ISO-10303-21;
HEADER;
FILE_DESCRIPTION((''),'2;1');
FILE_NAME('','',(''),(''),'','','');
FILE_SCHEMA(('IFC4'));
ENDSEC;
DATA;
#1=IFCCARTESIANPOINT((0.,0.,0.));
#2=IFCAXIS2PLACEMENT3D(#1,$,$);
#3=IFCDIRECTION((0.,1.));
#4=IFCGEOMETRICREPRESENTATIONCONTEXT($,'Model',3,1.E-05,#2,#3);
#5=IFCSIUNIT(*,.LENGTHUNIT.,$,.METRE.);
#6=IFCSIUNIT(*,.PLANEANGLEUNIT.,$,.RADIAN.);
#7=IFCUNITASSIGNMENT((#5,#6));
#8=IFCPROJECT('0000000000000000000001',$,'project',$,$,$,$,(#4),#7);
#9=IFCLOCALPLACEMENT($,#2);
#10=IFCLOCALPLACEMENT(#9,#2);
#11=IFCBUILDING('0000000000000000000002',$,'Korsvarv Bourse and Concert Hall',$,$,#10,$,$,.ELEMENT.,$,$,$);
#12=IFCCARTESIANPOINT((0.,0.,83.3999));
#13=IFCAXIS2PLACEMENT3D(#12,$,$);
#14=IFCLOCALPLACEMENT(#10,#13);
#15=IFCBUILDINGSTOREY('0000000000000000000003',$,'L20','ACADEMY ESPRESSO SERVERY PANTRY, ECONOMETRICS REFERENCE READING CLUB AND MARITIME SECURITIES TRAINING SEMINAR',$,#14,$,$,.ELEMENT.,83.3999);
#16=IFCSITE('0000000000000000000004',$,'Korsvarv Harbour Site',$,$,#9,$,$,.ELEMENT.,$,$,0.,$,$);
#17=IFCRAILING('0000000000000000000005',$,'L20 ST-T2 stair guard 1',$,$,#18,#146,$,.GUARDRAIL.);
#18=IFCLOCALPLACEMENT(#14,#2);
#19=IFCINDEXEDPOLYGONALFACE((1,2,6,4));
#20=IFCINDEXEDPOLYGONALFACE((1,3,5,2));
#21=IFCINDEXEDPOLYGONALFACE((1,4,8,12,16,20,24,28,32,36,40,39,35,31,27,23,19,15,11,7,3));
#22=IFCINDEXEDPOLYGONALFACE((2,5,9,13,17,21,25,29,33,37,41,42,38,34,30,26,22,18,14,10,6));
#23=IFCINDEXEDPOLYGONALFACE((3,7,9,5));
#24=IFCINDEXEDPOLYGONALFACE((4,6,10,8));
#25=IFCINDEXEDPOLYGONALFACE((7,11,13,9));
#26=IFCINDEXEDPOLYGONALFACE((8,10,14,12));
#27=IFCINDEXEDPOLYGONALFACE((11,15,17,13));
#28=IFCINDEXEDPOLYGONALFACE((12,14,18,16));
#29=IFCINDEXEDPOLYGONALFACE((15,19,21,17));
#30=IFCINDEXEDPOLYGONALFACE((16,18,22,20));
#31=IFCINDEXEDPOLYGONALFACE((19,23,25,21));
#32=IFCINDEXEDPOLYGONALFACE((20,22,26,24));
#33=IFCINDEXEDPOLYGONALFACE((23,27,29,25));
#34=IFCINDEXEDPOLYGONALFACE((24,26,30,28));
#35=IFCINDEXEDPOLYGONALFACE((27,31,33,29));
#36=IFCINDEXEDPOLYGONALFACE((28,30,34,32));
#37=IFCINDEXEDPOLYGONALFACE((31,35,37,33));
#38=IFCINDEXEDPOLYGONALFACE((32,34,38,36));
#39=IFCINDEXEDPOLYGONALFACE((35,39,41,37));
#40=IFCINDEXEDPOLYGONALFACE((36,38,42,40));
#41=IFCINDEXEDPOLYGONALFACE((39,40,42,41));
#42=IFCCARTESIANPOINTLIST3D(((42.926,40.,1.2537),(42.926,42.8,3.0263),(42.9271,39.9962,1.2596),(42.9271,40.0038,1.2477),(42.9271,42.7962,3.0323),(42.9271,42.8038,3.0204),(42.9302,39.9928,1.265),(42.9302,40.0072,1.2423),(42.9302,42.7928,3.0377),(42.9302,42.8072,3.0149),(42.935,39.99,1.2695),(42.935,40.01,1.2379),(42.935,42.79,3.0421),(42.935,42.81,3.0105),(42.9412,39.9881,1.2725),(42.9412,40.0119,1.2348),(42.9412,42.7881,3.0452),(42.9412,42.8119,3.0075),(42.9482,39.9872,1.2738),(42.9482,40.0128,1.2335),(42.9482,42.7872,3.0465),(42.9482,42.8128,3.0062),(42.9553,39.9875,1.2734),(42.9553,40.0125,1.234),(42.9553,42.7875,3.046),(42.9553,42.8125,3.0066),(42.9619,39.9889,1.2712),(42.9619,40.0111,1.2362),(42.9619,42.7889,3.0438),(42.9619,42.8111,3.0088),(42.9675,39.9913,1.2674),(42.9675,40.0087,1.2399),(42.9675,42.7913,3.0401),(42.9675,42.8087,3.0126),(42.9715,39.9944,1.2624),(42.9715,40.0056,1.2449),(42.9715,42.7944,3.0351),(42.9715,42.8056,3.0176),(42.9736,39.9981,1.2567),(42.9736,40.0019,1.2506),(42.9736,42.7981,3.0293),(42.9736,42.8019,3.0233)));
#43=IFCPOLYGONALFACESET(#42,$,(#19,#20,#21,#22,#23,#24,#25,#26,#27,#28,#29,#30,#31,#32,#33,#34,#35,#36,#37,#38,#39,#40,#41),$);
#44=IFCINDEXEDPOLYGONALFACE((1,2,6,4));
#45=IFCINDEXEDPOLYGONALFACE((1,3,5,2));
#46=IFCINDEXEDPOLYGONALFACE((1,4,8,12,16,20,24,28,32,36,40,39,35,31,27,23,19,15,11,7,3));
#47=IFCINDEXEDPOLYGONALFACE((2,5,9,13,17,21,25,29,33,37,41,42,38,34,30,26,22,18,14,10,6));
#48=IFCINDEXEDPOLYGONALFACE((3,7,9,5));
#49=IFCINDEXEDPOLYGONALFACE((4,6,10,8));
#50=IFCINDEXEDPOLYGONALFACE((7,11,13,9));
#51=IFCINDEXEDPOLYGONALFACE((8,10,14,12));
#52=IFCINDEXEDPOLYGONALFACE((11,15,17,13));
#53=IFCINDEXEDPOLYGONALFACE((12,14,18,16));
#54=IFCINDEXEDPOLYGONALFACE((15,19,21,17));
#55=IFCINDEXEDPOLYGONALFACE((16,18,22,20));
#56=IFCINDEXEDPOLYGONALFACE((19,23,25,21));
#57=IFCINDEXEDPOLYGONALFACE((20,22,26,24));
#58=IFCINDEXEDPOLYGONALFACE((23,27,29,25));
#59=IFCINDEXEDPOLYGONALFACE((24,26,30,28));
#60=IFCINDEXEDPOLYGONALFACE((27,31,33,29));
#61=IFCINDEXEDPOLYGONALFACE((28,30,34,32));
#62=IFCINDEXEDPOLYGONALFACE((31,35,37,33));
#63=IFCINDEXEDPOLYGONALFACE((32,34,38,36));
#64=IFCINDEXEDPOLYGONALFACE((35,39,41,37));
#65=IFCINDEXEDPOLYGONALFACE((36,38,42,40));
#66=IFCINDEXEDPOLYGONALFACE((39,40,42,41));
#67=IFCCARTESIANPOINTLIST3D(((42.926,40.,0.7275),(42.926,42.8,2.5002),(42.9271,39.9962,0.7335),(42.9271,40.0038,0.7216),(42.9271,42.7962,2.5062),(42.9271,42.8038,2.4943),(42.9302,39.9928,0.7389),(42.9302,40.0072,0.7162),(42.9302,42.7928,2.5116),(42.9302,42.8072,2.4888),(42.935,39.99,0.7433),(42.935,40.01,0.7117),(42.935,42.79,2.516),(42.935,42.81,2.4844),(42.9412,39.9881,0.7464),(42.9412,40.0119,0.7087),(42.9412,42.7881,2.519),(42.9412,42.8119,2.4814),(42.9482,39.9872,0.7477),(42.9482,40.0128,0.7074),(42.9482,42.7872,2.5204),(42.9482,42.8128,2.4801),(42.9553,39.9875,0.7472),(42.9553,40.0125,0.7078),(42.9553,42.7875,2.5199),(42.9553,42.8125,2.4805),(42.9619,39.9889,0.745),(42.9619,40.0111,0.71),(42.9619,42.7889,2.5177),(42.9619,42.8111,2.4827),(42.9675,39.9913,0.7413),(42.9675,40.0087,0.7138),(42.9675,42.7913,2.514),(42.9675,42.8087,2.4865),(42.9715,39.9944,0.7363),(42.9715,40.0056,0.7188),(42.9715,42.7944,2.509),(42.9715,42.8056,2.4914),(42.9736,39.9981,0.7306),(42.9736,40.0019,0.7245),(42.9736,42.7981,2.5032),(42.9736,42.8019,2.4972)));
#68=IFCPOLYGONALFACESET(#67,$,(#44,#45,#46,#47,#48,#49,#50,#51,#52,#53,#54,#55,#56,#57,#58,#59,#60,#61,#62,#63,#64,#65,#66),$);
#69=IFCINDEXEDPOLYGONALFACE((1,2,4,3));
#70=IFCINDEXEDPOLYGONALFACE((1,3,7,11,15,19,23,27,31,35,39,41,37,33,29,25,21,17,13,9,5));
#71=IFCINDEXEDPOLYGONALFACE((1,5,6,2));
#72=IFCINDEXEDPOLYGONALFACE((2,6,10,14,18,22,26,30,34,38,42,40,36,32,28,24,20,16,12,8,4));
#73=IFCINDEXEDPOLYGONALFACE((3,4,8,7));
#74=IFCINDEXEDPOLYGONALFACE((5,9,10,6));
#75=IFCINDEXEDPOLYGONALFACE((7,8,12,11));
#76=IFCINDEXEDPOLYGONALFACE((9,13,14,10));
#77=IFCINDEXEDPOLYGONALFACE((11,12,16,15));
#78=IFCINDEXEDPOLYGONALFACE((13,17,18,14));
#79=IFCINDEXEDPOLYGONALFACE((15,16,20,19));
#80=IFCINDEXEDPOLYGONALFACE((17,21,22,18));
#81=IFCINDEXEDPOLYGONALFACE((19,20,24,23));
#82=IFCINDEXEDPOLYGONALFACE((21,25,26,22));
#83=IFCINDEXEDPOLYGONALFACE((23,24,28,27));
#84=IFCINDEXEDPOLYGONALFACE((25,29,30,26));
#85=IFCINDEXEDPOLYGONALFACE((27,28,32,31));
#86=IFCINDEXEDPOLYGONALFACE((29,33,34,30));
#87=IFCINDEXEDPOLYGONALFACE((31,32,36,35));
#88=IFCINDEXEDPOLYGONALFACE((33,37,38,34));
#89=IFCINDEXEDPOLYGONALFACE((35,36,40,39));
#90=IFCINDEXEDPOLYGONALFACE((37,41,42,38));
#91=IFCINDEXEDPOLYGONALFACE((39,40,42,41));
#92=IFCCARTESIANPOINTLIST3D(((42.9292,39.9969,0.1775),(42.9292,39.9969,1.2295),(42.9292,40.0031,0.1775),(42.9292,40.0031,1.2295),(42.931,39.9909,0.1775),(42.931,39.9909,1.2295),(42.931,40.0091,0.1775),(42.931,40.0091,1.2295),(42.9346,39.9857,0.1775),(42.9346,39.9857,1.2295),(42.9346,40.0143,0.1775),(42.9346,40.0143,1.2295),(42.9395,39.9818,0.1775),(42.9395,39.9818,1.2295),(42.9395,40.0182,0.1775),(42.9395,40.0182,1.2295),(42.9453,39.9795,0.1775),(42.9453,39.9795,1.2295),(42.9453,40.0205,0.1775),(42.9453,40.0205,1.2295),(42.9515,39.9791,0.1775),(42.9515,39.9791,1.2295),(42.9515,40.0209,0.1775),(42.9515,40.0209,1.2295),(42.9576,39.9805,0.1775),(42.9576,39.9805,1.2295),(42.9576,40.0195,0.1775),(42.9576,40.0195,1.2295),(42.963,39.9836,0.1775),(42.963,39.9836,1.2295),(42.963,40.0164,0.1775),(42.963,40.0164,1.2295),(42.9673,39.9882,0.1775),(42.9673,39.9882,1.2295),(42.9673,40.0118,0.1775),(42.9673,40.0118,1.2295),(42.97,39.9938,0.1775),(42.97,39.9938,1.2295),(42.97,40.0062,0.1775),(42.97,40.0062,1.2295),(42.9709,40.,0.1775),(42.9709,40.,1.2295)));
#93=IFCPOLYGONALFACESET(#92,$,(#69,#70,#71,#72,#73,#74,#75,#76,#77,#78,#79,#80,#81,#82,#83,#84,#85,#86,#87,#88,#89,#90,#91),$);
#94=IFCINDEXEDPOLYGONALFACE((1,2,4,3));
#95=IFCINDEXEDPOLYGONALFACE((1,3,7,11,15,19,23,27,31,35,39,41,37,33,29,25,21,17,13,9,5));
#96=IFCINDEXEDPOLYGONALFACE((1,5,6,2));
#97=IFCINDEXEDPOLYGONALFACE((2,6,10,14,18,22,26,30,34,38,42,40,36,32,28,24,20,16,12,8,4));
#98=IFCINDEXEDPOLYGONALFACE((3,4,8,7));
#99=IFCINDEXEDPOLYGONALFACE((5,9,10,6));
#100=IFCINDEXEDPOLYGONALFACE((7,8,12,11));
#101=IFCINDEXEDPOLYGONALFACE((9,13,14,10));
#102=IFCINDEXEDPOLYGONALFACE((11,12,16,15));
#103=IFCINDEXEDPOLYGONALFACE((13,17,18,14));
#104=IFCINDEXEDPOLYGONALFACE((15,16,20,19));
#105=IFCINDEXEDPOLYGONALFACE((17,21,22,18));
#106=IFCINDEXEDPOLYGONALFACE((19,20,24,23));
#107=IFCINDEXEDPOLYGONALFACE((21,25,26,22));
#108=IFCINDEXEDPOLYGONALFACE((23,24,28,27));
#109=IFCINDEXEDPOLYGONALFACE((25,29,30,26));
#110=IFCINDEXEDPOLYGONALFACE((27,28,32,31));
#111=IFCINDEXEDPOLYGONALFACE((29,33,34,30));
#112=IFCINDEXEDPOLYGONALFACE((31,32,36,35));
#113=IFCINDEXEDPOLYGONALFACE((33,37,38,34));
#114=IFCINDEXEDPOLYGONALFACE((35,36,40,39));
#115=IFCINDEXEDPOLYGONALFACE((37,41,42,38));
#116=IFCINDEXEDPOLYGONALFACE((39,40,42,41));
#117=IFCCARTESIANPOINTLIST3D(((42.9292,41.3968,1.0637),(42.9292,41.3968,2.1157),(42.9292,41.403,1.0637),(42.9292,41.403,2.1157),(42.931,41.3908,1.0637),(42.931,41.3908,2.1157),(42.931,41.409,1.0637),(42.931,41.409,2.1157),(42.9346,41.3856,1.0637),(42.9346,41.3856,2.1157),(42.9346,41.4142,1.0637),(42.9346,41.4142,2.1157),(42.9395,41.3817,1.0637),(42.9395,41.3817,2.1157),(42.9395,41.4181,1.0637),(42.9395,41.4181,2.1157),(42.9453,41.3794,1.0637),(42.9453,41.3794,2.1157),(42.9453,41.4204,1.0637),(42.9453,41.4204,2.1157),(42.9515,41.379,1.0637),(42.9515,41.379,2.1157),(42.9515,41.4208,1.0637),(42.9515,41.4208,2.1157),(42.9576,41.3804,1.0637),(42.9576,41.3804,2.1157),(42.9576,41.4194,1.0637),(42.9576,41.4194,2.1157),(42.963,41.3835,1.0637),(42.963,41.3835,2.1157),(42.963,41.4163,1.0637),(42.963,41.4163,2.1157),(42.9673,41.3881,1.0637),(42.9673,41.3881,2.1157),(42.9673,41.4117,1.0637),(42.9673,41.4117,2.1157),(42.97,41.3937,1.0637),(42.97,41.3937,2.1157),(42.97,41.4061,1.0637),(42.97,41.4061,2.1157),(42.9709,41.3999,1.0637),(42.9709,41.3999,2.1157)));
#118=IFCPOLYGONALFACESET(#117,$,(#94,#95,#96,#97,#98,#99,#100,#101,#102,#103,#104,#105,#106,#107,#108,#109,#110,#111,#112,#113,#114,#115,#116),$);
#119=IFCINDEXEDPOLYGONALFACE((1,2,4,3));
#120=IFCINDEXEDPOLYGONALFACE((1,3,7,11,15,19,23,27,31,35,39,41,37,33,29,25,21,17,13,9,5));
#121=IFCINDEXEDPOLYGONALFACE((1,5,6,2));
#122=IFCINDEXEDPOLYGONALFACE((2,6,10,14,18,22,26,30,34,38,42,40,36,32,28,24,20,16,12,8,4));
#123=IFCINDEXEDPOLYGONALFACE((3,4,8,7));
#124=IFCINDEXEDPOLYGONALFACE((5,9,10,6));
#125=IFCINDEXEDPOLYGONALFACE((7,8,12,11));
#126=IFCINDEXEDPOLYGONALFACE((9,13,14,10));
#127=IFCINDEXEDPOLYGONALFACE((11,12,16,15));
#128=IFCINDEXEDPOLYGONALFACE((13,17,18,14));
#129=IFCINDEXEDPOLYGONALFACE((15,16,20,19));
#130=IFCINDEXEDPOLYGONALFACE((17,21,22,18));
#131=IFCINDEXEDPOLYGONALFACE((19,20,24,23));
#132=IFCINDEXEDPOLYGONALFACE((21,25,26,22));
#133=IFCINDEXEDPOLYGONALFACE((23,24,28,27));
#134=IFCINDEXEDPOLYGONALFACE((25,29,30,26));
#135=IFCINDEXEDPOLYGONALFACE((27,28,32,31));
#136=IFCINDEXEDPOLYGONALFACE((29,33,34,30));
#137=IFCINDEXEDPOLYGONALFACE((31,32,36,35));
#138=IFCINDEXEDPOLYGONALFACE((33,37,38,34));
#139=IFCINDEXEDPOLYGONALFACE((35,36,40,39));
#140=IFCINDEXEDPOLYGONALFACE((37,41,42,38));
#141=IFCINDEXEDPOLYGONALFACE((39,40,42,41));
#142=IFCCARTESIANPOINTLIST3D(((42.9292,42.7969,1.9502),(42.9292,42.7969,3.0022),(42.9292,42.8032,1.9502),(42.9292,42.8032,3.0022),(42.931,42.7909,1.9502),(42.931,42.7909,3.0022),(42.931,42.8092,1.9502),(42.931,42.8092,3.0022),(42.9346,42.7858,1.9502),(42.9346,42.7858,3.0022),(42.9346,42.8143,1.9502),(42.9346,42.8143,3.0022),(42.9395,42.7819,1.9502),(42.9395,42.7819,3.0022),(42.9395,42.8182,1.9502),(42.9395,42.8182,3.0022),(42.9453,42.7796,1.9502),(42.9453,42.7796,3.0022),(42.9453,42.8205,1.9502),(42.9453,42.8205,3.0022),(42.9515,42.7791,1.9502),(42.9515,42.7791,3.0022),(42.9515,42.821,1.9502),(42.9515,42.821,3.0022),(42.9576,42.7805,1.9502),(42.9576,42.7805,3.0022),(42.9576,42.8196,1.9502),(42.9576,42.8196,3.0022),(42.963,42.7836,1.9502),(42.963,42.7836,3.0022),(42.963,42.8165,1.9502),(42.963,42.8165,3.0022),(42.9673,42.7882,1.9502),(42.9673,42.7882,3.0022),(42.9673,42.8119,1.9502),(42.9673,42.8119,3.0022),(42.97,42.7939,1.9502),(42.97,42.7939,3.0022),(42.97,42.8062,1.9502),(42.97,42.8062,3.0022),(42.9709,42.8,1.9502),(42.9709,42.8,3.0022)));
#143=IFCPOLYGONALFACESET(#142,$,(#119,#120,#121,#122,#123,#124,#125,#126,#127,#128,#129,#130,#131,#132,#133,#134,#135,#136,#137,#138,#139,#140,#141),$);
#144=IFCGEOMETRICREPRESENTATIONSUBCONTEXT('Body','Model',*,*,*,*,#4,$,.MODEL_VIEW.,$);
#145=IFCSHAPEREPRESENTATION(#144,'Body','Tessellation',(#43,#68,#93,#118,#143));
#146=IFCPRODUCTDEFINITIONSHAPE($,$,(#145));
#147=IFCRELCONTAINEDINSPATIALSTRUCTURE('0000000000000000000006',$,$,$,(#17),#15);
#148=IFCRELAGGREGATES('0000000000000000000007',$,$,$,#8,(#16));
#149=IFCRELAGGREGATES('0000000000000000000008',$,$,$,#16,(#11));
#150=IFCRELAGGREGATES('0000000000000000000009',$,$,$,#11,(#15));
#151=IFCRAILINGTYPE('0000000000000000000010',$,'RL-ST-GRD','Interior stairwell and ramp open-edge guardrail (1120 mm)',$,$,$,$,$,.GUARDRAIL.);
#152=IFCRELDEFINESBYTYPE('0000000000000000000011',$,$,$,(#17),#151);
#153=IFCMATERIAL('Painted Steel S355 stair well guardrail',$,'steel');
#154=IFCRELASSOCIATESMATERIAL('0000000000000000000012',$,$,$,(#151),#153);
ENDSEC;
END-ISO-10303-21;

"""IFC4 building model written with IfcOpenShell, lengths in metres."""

from ifc_helpers import new_model, si_unit, direction, frame, origin, origin_2d, place, context, subcontext, project, spatial, circle, extrude, material, type_object, element, save


model = new_model("IFC4")

# Units and contexts
model_context = context("Model", 3, precision=1e-05, world=origin(), true_north=direction((0.0, 1.0)))
body_context = subcontext(model_context, "Body", "Model", "MODEL_VIEW")
ifc_project = project(units=[si_unit("LENGTHUNIT", "METRE"), si_unit("PLANEANGLEUNIT", "RADIAN")], contexts=[model_context])

# Site, building, storey
site_placement = place(None, origin())
site = spatial("IfcSite", under=ifc_project, at=site_placement, Name="Korsvarv Harbour Site", CompositionType="ELEMENT", RefElevation=0.0)
building_placement = place(site_placement, origin())
building = spatial("IfcBuilding", under=site, at=building_placement, Name="Korsvarv Bourse and Concert Hall", CompositionType="ELEMENT")
storey_placement = place(building_placement, frame((0.0, 0.0, 83.3999)))
storey = spatial("IfcBuildingStorey", under=building, at=storey_placement, Name="L20", Description="ACADEMY ESPRESSO SERVERY PANTRY, ECONOMETRICS REFERENCE READING CLUB AND MARITIME SECURITIES TRAINING SEMINAR", CompositionType="ELEMENT", Elevation=83.3999)

# Railing
ifc_material_1 = material(Name="Painted Steel S355 stair well guardrail", Category="steel")
railing_type_1 = type_object("IfcRailingType", Name="RL-ST-GRD", Description="Interior stairwell and ramp open-edge guardrail (1120 mm)", PredefinedType="GUARDRAIL", material=ifc_material_1)
railing_1_placement = place(storey_placement, frame((42.95, 40.0, 0.1775)))
element("IfcRailing", 1, at=railing_1_placement, inside=storey, type_object=railing_type_1, Name="L20 ST-T2 stair guard 1", PredefinedType="GUARDRAIL", context=body_context, shape_type="SweptSolid", body=[
    extrude(circle(Radius=0.0239, at=origin_2d()), frame((0.0, 0.0, 1.0762), z_axis=(0.0, 0.844909, 0.53491), x_axis=(-1.0, 0.0, 0.0)), (0.0, 0.0, 1.0), 3.314),
    extrude(circle(Radius=0.0239, at=origin_2d()), frame((0.0, 0.0, 0.55), z_axis=(0.0, 0.844909, 0.53491), x_axis=(-1.0, 0.0, 0.0)), (0.0, 0.0, 1.0), 3.314),
    extrude(circle(Radius=0.021, at=origin_2d()), origin(), (0.0, 0.0, 1.0), 1.052),
    extrude(circle(Radius=0.021, at=origin_2d()), frame((0.0, 1.3999, 0.8862)), (0.0, 0.0, 1.0), 1.052),
    extrude(circle(Radius=0.021, at=origin_2d()), frame((0.0, 2.8, 1.7727)), (0.0, 0.0, 1.0), 1.052),
])

save(model, "model.ifc")
